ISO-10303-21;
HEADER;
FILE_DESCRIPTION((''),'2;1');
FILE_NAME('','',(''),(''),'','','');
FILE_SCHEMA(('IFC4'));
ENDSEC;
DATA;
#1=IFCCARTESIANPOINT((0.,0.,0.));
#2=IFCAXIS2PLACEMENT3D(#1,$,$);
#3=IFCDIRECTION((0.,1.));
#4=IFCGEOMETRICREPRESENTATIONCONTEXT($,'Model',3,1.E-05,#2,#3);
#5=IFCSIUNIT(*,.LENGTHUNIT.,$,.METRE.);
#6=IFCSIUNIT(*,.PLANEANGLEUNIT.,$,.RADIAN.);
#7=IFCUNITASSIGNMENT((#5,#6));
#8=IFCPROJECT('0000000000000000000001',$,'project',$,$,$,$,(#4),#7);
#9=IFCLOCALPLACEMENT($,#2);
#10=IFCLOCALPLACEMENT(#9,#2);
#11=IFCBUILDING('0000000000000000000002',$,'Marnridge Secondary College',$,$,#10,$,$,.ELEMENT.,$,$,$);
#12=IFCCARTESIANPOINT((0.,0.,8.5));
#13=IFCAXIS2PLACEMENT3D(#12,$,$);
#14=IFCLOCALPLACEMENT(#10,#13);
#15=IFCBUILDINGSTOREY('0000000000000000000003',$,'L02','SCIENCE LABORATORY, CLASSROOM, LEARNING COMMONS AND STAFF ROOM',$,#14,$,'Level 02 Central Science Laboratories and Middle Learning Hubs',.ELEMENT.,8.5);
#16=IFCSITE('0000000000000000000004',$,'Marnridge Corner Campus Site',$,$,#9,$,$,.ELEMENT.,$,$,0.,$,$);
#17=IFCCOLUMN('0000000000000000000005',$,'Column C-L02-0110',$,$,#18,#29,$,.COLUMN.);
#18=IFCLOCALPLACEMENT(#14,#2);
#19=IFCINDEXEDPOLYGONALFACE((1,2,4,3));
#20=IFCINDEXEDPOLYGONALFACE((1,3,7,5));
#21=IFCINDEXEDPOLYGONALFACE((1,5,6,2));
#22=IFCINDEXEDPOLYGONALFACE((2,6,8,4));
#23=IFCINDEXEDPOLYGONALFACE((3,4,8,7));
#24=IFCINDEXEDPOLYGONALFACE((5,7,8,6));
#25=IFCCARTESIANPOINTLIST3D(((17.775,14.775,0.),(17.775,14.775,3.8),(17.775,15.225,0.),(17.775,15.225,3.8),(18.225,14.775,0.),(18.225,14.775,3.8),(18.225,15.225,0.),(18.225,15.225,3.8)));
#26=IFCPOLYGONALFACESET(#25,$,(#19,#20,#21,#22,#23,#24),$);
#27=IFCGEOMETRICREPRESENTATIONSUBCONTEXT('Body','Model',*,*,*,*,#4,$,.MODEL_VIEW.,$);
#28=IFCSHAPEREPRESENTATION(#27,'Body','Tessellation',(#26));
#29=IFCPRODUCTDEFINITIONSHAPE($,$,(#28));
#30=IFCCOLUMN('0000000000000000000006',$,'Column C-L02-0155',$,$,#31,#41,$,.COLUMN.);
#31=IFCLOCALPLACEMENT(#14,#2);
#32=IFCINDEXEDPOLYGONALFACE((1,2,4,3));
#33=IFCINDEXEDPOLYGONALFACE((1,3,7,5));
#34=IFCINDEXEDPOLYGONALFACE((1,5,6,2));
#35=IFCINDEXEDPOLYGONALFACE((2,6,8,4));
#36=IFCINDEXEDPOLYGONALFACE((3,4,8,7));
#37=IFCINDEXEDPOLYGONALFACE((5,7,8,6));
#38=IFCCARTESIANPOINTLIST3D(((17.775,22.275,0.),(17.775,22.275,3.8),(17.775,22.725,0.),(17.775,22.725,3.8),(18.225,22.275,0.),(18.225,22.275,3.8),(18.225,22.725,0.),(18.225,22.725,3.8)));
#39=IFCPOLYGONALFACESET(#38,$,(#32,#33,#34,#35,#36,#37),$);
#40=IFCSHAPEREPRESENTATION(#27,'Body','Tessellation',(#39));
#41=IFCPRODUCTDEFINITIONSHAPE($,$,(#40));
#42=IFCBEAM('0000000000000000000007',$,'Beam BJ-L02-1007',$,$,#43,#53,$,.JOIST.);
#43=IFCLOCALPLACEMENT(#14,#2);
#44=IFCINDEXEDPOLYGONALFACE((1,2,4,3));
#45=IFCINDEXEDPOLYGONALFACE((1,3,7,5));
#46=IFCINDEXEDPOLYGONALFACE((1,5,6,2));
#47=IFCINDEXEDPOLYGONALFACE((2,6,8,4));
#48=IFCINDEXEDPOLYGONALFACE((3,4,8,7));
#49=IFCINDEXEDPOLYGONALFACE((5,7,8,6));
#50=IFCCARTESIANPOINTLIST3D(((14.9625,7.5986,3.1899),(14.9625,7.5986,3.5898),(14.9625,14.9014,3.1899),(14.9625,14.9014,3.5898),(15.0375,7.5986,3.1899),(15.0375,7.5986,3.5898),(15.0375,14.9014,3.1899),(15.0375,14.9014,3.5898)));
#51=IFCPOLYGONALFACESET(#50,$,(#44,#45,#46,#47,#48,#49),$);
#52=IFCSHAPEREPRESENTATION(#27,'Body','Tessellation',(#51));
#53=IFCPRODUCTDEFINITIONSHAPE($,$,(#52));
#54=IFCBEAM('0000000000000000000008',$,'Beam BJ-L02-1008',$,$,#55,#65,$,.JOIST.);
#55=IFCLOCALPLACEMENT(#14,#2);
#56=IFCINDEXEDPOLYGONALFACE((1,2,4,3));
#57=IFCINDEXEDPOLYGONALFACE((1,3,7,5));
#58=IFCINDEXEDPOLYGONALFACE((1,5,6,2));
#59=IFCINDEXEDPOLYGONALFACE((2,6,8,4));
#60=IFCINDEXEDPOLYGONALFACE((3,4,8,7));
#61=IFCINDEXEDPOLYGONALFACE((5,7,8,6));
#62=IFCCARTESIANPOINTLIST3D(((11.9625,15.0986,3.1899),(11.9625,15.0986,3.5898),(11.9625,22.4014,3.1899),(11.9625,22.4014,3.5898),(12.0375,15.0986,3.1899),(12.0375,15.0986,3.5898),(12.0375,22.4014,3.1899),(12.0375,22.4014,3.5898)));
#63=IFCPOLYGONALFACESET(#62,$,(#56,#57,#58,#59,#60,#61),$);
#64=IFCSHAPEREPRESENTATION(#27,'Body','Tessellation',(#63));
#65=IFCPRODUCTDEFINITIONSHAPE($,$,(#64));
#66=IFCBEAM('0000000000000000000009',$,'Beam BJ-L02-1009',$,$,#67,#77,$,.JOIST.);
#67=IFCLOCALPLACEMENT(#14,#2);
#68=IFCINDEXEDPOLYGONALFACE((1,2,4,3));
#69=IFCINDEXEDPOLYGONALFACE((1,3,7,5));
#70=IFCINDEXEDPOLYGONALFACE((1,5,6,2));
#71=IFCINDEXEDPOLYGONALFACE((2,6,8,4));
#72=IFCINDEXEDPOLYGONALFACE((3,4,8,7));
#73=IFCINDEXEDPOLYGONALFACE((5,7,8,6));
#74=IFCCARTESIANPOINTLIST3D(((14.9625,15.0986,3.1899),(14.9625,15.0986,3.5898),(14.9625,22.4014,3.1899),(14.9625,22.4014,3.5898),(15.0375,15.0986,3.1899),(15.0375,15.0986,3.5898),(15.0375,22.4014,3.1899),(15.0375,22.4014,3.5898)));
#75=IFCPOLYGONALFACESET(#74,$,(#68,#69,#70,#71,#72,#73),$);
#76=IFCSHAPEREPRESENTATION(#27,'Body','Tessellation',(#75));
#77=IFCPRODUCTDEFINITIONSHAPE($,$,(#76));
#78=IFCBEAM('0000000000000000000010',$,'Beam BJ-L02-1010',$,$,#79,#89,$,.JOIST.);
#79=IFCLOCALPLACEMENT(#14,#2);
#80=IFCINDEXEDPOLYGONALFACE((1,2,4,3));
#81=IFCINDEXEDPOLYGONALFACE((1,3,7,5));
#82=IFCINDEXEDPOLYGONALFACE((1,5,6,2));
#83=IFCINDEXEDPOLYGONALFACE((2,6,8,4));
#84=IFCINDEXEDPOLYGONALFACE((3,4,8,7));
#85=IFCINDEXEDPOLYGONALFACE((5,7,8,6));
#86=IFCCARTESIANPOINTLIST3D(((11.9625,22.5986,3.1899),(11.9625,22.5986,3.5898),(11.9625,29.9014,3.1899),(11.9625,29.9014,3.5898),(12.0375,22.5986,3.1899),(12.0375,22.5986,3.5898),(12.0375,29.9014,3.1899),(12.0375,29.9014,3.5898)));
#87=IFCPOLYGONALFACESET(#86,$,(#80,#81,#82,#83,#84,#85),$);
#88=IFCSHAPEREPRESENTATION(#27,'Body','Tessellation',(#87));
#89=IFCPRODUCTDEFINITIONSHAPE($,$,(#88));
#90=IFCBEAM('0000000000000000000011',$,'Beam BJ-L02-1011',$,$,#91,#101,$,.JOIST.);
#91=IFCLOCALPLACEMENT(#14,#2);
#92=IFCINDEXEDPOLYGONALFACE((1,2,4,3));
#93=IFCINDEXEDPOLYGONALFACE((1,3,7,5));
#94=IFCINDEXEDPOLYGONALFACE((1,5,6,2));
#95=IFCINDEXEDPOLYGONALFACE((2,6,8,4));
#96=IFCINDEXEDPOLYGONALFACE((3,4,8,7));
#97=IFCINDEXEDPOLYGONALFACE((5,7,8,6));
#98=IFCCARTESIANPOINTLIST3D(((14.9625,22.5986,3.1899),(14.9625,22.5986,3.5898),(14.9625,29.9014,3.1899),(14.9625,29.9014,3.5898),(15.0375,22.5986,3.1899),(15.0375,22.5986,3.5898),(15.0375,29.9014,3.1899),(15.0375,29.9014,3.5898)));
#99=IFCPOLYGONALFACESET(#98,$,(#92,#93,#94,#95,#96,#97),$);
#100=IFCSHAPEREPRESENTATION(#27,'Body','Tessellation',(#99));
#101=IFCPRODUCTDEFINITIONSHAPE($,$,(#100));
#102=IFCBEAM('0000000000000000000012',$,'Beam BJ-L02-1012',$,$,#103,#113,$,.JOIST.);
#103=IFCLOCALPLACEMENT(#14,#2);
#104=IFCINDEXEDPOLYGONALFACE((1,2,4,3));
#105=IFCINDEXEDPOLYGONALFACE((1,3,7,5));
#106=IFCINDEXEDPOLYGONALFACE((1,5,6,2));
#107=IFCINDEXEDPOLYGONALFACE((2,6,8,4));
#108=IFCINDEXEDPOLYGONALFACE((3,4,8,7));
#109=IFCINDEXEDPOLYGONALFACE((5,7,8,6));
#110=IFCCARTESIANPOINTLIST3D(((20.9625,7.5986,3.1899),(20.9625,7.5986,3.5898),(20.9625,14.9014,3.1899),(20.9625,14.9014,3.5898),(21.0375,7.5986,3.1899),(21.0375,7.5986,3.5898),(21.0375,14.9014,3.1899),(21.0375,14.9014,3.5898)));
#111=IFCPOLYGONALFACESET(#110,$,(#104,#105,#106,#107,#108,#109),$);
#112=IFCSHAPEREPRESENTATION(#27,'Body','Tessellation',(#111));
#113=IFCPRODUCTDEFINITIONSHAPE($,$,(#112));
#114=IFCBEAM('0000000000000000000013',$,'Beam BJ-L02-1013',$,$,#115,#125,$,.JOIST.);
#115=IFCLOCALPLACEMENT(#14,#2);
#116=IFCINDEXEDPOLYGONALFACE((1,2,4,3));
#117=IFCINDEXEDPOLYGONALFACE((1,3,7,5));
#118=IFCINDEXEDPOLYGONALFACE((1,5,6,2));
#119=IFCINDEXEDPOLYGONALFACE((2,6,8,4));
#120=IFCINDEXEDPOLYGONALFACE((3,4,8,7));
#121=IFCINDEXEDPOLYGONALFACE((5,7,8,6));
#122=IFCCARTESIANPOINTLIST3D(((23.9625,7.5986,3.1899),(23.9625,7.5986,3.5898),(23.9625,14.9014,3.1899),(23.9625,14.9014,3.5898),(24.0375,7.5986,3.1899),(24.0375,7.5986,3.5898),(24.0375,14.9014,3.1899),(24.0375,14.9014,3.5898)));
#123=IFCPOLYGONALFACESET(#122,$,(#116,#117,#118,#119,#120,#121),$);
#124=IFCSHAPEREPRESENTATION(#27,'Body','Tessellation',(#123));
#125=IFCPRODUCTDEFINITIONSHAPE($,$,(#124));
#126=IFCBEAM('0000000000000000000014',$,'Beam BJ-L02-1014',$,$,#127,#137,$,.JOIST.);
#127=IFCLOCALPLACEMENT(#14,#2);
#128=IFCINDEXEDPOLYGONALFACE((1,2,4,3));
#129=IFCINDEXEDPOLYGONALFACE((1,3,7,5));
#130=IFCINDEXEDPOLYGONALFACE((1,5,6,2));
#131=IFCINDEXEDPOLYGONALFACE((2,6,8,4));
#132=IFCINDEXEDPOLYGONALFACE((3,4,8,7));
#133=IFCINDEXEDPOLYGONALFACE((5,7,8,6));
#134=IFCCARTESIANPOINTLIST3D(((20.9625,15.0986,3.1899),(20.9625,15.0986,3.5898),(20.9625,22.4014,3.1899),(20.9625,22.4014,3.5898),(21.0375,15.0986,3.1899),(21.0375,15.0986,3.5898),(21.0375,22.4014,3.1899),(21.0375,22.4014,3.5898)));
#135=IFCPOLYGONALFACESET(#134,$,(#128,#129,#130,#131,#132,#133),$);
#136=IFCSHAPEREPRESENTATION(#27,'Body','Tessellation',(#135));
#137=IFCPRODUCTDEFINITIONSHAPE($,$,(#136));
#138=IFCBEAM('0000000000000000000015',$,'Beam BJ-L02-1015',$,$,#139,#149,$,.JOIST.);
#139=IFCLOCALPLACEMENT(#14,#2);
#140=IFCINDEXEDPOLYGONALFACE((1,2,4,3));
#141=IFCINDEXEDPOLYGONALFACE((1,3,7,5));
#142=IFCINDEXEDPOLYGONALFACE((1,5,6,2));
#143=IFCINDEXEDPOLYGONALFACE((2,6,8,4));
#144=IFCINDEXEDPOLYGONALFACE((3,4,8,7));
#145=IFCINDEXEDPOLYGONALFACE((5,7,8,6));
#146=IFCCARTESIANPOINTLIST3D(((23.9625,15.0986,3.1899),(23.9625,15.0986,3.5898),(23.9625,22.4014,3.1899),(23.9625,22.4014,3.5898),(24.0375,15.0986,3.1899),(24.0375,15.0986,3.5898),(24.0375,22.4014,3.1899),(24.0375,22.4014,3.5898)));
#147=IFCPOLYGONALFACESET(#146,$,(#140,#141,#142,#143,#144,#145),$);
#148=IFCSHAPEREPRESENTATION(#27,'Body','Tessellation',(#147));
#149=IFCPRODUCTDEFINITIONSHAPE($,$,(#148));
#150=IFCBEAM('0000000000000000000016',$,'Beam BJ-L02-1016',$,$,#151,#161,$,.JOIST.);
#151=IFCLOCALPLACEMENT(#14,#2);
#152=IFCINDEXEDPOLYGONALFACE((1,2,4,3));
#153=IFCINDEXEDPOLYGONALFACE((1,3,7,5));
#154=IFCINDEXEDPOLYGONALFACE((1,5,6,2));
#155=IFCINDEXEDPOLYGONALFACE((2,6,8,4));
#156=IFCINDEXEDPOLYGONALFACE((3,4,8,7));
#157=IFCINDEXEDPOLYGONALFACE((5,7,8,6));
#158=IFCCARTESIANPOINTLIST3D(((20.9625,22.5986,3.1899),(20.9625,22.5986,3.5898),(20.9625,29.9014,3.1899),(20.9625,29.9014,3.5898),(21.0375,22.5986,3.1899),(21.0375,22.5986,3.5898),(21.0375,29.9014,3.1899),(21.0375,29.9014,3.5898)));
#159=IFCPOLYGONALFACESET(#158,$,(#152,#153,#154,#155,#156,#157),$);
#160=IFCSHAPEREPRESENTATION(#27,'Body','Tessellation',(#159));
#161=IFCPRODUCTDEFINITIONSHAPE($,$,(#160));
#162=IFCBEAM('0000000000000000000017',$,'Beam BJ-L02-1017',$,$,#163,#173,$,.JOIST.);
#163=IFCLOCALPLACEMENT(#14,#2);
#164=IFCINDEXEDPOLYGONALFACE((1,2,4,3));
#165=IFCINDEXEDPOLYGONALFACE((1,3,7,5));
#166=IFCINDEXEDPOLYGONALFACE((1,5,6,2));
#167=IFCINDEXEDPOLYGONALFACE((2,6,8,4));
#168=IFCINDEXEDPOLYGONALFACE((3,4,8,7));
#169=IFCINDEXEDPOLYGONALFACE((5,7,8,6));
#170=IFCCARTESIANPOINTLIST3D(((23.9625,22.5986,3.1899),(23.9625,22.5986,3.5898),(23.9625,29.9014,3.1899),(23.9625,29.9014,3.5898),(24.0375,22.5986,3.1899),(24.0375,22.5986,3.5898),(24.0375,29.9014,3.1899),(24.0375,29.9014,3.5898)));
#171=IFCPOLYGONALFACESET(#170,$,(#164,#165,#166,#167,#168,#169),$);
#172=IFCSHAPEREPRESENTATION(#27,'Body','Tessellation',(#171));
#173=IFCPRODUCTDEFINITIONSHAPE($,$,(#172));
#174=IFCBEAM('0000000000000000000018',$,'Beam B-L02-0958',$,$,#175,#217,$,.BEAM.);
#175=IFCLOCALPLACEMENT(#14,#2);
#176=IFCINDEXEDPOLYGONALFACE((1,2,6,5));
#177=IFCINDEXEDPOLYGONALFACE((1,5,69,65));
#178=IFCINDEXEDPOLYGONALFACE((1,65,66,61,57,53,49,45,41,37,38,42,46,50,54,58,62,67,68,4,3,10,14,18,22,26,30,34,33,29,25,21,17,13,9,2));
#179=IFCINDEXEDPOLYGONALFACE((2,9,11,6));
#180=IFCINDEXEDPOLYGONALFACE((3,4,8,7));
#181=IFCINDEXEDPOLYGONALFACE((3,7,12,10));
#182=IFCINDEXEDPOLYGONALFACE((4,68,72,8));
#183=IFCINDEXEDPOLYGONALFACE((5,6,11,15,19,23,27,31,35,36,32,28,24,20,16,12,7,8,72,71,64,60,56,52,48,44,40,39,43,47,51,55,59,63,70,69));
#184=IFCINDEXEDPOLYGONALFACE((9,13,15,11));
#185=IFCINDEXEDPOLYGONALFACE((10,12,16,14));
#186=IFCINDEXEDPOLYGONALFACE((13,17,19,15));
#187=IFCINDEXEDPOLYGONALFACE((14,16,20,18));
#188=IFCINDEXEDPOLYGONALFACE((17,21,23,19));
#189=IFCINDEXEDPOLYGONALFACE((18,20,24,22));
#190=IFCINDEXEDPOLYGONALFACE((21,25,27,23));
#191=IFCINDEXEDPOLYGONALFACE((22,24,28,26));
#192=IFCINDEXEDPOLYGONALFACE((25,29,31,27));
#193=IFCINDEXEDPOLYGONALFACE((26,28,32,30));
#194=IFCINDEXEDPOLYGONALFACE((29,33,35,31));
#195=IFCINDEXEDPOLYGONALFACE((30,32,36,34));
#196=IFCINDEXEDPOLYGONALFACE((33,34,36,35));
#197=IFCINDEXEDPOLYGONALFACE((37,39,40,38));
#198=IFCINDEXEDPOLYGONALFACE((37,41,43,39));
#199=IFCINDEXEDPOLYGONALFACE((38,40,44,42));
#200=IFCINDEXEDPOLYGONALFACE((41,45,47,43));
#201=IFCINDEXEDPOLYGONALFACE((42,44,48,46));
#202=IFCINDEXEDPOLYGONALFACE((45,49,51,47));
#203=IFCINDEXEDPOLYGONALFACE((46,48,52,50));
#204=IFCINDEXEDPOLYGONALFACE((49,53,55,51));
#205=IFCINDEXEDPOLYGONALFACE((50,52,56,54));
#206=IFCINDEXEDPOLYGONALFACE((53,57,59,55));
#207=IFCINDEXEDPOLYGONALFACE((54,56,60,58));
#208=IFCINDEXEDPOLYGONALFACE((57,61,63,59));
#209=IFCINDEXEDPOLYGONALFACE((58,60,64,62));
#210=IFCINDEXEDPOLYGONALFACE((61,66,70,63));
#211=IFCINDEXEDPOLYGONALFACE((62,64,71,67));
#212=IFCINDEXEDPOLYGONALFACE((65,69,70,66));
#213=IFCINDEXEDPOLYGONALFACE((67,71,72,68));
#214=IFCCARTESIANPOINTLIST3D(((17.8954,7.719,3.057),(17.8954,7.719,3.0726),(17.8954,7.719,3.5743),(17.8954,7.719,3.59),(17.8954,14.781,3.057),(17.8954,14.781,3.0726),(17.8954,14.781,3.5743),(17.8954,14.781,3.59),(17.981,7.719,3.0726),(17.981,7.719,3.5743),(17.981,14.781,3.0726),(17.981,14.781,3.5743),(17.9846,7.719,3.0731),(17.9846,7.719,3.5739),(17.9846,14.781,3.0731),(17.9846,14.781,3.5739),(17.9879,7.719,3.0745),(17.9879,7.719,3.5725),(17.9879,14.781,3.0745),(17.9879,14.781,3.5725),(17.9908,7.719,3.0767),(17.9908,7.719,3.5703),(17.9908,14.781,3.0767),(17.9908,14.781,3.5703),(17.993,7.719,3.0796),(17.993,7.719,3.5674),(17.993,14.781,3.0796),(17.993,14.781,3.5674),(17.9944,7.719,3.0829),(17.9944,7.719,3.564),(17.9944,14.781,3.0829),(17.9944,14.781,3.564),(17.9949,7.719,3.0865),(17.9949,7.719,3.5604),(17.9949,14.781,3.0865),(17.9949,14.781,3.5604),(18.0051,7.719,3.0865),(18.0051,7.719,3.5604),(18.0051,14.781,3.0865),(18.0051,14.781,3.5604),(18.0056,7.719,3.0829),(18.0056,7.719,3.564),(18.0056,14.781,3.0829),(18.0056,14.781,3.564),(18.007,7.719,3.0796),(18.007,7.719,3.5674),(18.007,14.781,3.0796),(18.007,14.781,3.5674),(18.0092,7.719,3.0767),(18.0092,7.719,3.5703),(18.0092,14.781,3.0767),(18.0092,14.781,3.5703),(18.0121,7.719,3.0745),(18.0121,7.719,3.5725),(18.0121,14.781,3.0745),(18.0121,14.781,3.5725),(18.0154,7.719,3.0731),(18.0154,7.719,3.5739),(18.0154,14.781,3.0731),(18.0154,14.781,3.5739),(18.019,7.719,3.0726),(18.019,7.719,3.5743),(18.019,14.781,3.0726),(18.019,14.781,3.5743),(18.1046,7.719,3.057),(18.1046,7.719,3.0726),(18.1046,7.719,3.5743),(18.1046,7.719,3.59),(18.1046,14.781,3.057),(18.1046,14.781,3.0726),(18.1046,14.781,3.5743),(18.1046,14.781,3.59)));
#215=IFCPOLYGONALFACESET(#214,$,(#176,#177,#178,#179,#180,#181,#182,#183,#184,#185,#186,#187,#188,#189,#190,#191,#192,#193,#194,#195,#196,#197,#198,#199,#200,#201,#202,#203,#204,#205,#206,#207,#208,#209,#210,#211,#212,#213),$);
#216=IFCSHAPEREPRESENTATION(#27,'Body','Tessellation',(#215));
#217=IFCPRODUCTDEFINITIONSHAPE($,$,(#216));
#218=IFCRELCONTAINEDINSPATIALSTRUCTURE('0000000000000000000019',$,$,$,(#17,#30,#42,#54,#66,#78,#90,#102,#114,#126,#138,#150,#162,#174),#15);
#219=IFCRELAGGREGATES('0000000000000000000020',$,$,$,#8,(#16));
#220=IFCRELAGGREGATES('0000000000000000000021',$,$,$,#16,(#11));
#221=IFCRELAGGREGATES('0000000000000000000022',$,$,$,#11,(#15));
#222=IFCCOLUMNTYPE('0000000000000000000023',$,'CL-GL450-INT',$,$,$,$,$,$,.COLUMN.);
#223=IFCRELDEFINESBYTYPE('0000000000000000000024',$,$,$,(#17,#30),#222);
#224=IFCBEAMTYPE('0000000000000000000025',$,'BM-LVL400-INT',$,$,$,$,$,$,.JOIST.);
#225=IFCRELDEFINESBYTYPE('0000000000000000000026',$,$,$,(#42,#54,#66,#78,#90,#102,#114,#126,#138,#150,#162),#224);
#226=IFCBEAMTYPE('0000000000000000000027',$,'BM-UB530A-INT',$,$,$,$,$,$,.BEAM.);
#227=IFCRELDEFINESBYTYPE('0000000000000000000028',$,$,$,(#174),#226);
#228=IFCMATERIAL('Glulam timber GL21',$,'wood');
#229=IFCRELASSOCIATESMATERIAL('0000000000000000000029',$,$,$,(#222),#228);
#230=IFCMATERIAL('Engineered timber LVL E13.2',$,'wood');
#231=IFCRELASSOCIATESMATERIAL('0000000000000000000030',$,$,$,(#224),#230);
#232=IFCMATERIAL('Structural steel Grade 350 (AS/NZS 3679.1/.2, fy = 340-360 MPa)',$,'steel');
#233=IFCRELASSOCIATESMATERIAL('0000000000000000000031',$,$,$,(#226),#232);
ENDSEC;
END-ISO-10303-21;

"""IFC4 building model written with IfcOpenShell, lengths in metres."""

from ifc_helpers import new_model, si_unit, direction, frame, origin, origin_2d, place, context, subcontext, project, spatial, rectangle, i_section, extrude, material, material_profile, profile_set, type_object, element, save


model = new_model("IFC4")

# Units and contexts
model_context = context("Model", 3, precision=1e-05, world=origin(), true_north=direction((0.0, 1.0)))
body_context = subcontext(model_context, "Body", "Model", "MODEL_VIEW")
ifc_project = project(units=[si_unit("LENGTHUNIT", "METRE"), si_unit("PLANEANGLEUNIT", "RADIAN")], contexts=[model_context])

# Site, building, storey
site_placement = place(None, origin())
site = spatial("IfcSite", under=ifc_project, at=site_placement, Name="Marnridge Corner Campus Site", CompositionType="ELEMENT", RefElevation=0.0)
building_placement = place(site_placement, origin())
building = spatial("IfcBuilding", under=site, at=building_placement, Name="Marnridge Secondary College", CompositionType="ELEMENT")
storey_placement = place(building_placement, frame((0.0, 0.0, 8.5)))
storey = spatial("IfcBuildingStorey", under=building, at=storey_placement, Name="L02", Description="SCIENCE LABORATORY, CLASSROOM, LEARNING COMMONS AND STAFF ROOM", LongName="Level 02 Central Science Laboratories and Middle Learning Hubs", CompositionType="ELEMENT", Elevation=8.5)

# Columns
ifc_material_1 = material(Name="Glulam timber GL21", Category="wood")
ifc_material_profile_1 = material_profile(ifc_material_1, rectangle(XDim=0.45, YDim=0.45, at=origin_2d()), Name="GL21 450x450")
ifc_profile_set_1 = profile_set([ifc_material_profile_1], Name="Glulam timber GL21")
column_type = type_object("IfcColumnType", Name="CL-GL450-INT", PredefinedType="COLUMN", material=ifc_profile_set_1)
for number, where, z_axis, x_axis, name in (
    (1, (18.0, 15.0, 0.0), (0.0, 0.0, 1.0), (1.0, 0.0, 0.0), "Column C-L02-0110"),
    (2, (18.0, 22.5, 0.0), (0.0, 0.0, 1.0), (1.0, 0.0, 0.0), "Column C-L02-0155"),
):
    element("IfcColumn", number, at=place(storey_placement, frame(where, z_axis=z_axis, x_axis=x_axis)), inside=storey, type_object=column_type, Name=name, PredefinedType="COLUMN", context=body_context, shape_type="SweptSolid", body=[
        extrude(rectangle(XDim=0.45, YDim=0.45, at=origin_2d()), origin(), (0.0, 0.0, 1.0), 3.8),
    ])

# Beams
ifc_material_2 = material(Name="Engineered timber LVL E13.2", Category="wood")
ifc_material_profile_2 = material_profile(ifc_material_2, rectangle(XDim=0.075, YDim=0.3999, at=origin_2d()), Name="LVL 75x400")
ifc_profile_set_2 = profile_set([ifc_material_profile_2], Name="Engineered timber LVL E13.2")
beam_type_1 = type_object("IfcBeamType", Name="BM-LVL400-INT", PredefinedType="JOIST", material=ifc_profile_set_2)
for number, where, z_axis, x_axis, name in (
    (3, (15.0, 7.5986, 3.3899), (0.0, 1.0, 0.0), (-1.0, 0.0, 0.0), "Beam BJ-L02-1007"),
    (4, (12.0, 15.0986, 3.3899), (0.0, 1.0, 0.0), (-1.0, 0.0, 0.0), "Beam BJ-L02-1008"),
    (5, (15.0, 15.0986, 3.3899), (0.0, 1.0, 0.0), (-1.0, 0.0, 0.0), "Beam BJ-L02-1009"),
    (6, (12.0, 22.5986, 3.3899), (0.0, 1.0, 0.0), (-1.0, 0.0, 0.0), "Beam BJ-L02-1010"),
    (7, (15.0, 22.5986, 3.3899), (0.0, 1.0, 0.0), (-1.0, 0.0, 0.0), "Beam BJ-L02-1011"),
    (8, (21.0, 7.5986, 3.3899), (0.0, 1.0, 0.0), (-1.0, 0.0, 0.0), "Beam BJ-L02-1012"),
    (9, (24.0, 7.5986, 3.3899), (0.0, 1.0, 0.0), (-1.0, 0.0, 0.0), "Beam BJ-L02-1013"),
    (10, (21.0, 15.0986, 3.3899), (0.0, 1.0, 0.0), (-1.0, 0.0, 0.0), "Beam BJ-L02-1014"),
    (11, (24.0, 15.0986, 3.3899), (0.0, 1.0, 0.0), (-1.0, 0.0, 0.0), "Beam BJ-L02-1015"),
    (12, (21.0, 22.5986, 3.3899), (0.0, 1.0, 0.0), (-1.0, 0.0, 0.0), "Beam BJ-L02-1016"),
    (13, (24.0, 22.5986, 3.3899), (0.0, 1.0, 0.0), (-1.0, 0.0, 0.0), "Beam BJ-L02-1017"),
):
    element("IfcBeam", number, at=place(storey_placement, frame(where, z_axis=z_axis, x_axis=x_axis)), inside=storey, type_object=beam_type_1, Name=name, PredefinedType="JOIST", context=body_context, shape_type="SweptSolid", body=[
        extrude(rectangle(XDim=0.075, YDim=0.3999, at=origin_2d()), origin(), (0.0, 0.0, 1.0), 7.3027),
    ])
ifc_material_3 = material(Name="Structural steel Grade 350 (AS/NZS 3679.1/.2, fy = 340-360 MPa)", Category="steel")
ifc_material_profile_3 = material_profile(ifc_material_3, i_section(OverallWidth=0.2092, OverallDepth=0.533, WebThickness=0.0103, FlangeThickness=0.0156, FilletRadius=0.0139, at=origin_2d()), Name="530UB92.4")
ifc_profile_set_3 = profile_set([ifc_material_profile_3], Name="Structural steel Grade 350 (AS/NZS 3679.1/.2, fy = 340-360 MPa)")
beam_type_2 = type_object("IfcBeamType", Name="BM-UB530A-INT", PredefinedType="BEAM", material=ifc_profile_set_3)
for number, where, z_axis, x_axis, name in (
    (14, (18.0, 7.719, 3.3235), (0.0, 1.0, 0.0), (-1.0, 0.0, 0.0), "Beam B-L02-0958"),
):
    element("IfcBeam", number, at=place(storey_placement, frame(where, z_axis=z_axis, x_axis=x_axis)), inside=storey, type_object=beam_type_2, Name=name, PredefinedType="BEAM", context=body_context, shape_type="SweptSolid", body=[
        extrude(i_section(OverallWidth=0.2092, OverallDepth=0.533, WebThickness=0.0103, FlangeThickness=0.0156, FilletRadius=0.0139, at=origin_2d()), origin(), (0.0, 0.0, 1.0), 7.062),
    ])

save(model, "model.ifc")
